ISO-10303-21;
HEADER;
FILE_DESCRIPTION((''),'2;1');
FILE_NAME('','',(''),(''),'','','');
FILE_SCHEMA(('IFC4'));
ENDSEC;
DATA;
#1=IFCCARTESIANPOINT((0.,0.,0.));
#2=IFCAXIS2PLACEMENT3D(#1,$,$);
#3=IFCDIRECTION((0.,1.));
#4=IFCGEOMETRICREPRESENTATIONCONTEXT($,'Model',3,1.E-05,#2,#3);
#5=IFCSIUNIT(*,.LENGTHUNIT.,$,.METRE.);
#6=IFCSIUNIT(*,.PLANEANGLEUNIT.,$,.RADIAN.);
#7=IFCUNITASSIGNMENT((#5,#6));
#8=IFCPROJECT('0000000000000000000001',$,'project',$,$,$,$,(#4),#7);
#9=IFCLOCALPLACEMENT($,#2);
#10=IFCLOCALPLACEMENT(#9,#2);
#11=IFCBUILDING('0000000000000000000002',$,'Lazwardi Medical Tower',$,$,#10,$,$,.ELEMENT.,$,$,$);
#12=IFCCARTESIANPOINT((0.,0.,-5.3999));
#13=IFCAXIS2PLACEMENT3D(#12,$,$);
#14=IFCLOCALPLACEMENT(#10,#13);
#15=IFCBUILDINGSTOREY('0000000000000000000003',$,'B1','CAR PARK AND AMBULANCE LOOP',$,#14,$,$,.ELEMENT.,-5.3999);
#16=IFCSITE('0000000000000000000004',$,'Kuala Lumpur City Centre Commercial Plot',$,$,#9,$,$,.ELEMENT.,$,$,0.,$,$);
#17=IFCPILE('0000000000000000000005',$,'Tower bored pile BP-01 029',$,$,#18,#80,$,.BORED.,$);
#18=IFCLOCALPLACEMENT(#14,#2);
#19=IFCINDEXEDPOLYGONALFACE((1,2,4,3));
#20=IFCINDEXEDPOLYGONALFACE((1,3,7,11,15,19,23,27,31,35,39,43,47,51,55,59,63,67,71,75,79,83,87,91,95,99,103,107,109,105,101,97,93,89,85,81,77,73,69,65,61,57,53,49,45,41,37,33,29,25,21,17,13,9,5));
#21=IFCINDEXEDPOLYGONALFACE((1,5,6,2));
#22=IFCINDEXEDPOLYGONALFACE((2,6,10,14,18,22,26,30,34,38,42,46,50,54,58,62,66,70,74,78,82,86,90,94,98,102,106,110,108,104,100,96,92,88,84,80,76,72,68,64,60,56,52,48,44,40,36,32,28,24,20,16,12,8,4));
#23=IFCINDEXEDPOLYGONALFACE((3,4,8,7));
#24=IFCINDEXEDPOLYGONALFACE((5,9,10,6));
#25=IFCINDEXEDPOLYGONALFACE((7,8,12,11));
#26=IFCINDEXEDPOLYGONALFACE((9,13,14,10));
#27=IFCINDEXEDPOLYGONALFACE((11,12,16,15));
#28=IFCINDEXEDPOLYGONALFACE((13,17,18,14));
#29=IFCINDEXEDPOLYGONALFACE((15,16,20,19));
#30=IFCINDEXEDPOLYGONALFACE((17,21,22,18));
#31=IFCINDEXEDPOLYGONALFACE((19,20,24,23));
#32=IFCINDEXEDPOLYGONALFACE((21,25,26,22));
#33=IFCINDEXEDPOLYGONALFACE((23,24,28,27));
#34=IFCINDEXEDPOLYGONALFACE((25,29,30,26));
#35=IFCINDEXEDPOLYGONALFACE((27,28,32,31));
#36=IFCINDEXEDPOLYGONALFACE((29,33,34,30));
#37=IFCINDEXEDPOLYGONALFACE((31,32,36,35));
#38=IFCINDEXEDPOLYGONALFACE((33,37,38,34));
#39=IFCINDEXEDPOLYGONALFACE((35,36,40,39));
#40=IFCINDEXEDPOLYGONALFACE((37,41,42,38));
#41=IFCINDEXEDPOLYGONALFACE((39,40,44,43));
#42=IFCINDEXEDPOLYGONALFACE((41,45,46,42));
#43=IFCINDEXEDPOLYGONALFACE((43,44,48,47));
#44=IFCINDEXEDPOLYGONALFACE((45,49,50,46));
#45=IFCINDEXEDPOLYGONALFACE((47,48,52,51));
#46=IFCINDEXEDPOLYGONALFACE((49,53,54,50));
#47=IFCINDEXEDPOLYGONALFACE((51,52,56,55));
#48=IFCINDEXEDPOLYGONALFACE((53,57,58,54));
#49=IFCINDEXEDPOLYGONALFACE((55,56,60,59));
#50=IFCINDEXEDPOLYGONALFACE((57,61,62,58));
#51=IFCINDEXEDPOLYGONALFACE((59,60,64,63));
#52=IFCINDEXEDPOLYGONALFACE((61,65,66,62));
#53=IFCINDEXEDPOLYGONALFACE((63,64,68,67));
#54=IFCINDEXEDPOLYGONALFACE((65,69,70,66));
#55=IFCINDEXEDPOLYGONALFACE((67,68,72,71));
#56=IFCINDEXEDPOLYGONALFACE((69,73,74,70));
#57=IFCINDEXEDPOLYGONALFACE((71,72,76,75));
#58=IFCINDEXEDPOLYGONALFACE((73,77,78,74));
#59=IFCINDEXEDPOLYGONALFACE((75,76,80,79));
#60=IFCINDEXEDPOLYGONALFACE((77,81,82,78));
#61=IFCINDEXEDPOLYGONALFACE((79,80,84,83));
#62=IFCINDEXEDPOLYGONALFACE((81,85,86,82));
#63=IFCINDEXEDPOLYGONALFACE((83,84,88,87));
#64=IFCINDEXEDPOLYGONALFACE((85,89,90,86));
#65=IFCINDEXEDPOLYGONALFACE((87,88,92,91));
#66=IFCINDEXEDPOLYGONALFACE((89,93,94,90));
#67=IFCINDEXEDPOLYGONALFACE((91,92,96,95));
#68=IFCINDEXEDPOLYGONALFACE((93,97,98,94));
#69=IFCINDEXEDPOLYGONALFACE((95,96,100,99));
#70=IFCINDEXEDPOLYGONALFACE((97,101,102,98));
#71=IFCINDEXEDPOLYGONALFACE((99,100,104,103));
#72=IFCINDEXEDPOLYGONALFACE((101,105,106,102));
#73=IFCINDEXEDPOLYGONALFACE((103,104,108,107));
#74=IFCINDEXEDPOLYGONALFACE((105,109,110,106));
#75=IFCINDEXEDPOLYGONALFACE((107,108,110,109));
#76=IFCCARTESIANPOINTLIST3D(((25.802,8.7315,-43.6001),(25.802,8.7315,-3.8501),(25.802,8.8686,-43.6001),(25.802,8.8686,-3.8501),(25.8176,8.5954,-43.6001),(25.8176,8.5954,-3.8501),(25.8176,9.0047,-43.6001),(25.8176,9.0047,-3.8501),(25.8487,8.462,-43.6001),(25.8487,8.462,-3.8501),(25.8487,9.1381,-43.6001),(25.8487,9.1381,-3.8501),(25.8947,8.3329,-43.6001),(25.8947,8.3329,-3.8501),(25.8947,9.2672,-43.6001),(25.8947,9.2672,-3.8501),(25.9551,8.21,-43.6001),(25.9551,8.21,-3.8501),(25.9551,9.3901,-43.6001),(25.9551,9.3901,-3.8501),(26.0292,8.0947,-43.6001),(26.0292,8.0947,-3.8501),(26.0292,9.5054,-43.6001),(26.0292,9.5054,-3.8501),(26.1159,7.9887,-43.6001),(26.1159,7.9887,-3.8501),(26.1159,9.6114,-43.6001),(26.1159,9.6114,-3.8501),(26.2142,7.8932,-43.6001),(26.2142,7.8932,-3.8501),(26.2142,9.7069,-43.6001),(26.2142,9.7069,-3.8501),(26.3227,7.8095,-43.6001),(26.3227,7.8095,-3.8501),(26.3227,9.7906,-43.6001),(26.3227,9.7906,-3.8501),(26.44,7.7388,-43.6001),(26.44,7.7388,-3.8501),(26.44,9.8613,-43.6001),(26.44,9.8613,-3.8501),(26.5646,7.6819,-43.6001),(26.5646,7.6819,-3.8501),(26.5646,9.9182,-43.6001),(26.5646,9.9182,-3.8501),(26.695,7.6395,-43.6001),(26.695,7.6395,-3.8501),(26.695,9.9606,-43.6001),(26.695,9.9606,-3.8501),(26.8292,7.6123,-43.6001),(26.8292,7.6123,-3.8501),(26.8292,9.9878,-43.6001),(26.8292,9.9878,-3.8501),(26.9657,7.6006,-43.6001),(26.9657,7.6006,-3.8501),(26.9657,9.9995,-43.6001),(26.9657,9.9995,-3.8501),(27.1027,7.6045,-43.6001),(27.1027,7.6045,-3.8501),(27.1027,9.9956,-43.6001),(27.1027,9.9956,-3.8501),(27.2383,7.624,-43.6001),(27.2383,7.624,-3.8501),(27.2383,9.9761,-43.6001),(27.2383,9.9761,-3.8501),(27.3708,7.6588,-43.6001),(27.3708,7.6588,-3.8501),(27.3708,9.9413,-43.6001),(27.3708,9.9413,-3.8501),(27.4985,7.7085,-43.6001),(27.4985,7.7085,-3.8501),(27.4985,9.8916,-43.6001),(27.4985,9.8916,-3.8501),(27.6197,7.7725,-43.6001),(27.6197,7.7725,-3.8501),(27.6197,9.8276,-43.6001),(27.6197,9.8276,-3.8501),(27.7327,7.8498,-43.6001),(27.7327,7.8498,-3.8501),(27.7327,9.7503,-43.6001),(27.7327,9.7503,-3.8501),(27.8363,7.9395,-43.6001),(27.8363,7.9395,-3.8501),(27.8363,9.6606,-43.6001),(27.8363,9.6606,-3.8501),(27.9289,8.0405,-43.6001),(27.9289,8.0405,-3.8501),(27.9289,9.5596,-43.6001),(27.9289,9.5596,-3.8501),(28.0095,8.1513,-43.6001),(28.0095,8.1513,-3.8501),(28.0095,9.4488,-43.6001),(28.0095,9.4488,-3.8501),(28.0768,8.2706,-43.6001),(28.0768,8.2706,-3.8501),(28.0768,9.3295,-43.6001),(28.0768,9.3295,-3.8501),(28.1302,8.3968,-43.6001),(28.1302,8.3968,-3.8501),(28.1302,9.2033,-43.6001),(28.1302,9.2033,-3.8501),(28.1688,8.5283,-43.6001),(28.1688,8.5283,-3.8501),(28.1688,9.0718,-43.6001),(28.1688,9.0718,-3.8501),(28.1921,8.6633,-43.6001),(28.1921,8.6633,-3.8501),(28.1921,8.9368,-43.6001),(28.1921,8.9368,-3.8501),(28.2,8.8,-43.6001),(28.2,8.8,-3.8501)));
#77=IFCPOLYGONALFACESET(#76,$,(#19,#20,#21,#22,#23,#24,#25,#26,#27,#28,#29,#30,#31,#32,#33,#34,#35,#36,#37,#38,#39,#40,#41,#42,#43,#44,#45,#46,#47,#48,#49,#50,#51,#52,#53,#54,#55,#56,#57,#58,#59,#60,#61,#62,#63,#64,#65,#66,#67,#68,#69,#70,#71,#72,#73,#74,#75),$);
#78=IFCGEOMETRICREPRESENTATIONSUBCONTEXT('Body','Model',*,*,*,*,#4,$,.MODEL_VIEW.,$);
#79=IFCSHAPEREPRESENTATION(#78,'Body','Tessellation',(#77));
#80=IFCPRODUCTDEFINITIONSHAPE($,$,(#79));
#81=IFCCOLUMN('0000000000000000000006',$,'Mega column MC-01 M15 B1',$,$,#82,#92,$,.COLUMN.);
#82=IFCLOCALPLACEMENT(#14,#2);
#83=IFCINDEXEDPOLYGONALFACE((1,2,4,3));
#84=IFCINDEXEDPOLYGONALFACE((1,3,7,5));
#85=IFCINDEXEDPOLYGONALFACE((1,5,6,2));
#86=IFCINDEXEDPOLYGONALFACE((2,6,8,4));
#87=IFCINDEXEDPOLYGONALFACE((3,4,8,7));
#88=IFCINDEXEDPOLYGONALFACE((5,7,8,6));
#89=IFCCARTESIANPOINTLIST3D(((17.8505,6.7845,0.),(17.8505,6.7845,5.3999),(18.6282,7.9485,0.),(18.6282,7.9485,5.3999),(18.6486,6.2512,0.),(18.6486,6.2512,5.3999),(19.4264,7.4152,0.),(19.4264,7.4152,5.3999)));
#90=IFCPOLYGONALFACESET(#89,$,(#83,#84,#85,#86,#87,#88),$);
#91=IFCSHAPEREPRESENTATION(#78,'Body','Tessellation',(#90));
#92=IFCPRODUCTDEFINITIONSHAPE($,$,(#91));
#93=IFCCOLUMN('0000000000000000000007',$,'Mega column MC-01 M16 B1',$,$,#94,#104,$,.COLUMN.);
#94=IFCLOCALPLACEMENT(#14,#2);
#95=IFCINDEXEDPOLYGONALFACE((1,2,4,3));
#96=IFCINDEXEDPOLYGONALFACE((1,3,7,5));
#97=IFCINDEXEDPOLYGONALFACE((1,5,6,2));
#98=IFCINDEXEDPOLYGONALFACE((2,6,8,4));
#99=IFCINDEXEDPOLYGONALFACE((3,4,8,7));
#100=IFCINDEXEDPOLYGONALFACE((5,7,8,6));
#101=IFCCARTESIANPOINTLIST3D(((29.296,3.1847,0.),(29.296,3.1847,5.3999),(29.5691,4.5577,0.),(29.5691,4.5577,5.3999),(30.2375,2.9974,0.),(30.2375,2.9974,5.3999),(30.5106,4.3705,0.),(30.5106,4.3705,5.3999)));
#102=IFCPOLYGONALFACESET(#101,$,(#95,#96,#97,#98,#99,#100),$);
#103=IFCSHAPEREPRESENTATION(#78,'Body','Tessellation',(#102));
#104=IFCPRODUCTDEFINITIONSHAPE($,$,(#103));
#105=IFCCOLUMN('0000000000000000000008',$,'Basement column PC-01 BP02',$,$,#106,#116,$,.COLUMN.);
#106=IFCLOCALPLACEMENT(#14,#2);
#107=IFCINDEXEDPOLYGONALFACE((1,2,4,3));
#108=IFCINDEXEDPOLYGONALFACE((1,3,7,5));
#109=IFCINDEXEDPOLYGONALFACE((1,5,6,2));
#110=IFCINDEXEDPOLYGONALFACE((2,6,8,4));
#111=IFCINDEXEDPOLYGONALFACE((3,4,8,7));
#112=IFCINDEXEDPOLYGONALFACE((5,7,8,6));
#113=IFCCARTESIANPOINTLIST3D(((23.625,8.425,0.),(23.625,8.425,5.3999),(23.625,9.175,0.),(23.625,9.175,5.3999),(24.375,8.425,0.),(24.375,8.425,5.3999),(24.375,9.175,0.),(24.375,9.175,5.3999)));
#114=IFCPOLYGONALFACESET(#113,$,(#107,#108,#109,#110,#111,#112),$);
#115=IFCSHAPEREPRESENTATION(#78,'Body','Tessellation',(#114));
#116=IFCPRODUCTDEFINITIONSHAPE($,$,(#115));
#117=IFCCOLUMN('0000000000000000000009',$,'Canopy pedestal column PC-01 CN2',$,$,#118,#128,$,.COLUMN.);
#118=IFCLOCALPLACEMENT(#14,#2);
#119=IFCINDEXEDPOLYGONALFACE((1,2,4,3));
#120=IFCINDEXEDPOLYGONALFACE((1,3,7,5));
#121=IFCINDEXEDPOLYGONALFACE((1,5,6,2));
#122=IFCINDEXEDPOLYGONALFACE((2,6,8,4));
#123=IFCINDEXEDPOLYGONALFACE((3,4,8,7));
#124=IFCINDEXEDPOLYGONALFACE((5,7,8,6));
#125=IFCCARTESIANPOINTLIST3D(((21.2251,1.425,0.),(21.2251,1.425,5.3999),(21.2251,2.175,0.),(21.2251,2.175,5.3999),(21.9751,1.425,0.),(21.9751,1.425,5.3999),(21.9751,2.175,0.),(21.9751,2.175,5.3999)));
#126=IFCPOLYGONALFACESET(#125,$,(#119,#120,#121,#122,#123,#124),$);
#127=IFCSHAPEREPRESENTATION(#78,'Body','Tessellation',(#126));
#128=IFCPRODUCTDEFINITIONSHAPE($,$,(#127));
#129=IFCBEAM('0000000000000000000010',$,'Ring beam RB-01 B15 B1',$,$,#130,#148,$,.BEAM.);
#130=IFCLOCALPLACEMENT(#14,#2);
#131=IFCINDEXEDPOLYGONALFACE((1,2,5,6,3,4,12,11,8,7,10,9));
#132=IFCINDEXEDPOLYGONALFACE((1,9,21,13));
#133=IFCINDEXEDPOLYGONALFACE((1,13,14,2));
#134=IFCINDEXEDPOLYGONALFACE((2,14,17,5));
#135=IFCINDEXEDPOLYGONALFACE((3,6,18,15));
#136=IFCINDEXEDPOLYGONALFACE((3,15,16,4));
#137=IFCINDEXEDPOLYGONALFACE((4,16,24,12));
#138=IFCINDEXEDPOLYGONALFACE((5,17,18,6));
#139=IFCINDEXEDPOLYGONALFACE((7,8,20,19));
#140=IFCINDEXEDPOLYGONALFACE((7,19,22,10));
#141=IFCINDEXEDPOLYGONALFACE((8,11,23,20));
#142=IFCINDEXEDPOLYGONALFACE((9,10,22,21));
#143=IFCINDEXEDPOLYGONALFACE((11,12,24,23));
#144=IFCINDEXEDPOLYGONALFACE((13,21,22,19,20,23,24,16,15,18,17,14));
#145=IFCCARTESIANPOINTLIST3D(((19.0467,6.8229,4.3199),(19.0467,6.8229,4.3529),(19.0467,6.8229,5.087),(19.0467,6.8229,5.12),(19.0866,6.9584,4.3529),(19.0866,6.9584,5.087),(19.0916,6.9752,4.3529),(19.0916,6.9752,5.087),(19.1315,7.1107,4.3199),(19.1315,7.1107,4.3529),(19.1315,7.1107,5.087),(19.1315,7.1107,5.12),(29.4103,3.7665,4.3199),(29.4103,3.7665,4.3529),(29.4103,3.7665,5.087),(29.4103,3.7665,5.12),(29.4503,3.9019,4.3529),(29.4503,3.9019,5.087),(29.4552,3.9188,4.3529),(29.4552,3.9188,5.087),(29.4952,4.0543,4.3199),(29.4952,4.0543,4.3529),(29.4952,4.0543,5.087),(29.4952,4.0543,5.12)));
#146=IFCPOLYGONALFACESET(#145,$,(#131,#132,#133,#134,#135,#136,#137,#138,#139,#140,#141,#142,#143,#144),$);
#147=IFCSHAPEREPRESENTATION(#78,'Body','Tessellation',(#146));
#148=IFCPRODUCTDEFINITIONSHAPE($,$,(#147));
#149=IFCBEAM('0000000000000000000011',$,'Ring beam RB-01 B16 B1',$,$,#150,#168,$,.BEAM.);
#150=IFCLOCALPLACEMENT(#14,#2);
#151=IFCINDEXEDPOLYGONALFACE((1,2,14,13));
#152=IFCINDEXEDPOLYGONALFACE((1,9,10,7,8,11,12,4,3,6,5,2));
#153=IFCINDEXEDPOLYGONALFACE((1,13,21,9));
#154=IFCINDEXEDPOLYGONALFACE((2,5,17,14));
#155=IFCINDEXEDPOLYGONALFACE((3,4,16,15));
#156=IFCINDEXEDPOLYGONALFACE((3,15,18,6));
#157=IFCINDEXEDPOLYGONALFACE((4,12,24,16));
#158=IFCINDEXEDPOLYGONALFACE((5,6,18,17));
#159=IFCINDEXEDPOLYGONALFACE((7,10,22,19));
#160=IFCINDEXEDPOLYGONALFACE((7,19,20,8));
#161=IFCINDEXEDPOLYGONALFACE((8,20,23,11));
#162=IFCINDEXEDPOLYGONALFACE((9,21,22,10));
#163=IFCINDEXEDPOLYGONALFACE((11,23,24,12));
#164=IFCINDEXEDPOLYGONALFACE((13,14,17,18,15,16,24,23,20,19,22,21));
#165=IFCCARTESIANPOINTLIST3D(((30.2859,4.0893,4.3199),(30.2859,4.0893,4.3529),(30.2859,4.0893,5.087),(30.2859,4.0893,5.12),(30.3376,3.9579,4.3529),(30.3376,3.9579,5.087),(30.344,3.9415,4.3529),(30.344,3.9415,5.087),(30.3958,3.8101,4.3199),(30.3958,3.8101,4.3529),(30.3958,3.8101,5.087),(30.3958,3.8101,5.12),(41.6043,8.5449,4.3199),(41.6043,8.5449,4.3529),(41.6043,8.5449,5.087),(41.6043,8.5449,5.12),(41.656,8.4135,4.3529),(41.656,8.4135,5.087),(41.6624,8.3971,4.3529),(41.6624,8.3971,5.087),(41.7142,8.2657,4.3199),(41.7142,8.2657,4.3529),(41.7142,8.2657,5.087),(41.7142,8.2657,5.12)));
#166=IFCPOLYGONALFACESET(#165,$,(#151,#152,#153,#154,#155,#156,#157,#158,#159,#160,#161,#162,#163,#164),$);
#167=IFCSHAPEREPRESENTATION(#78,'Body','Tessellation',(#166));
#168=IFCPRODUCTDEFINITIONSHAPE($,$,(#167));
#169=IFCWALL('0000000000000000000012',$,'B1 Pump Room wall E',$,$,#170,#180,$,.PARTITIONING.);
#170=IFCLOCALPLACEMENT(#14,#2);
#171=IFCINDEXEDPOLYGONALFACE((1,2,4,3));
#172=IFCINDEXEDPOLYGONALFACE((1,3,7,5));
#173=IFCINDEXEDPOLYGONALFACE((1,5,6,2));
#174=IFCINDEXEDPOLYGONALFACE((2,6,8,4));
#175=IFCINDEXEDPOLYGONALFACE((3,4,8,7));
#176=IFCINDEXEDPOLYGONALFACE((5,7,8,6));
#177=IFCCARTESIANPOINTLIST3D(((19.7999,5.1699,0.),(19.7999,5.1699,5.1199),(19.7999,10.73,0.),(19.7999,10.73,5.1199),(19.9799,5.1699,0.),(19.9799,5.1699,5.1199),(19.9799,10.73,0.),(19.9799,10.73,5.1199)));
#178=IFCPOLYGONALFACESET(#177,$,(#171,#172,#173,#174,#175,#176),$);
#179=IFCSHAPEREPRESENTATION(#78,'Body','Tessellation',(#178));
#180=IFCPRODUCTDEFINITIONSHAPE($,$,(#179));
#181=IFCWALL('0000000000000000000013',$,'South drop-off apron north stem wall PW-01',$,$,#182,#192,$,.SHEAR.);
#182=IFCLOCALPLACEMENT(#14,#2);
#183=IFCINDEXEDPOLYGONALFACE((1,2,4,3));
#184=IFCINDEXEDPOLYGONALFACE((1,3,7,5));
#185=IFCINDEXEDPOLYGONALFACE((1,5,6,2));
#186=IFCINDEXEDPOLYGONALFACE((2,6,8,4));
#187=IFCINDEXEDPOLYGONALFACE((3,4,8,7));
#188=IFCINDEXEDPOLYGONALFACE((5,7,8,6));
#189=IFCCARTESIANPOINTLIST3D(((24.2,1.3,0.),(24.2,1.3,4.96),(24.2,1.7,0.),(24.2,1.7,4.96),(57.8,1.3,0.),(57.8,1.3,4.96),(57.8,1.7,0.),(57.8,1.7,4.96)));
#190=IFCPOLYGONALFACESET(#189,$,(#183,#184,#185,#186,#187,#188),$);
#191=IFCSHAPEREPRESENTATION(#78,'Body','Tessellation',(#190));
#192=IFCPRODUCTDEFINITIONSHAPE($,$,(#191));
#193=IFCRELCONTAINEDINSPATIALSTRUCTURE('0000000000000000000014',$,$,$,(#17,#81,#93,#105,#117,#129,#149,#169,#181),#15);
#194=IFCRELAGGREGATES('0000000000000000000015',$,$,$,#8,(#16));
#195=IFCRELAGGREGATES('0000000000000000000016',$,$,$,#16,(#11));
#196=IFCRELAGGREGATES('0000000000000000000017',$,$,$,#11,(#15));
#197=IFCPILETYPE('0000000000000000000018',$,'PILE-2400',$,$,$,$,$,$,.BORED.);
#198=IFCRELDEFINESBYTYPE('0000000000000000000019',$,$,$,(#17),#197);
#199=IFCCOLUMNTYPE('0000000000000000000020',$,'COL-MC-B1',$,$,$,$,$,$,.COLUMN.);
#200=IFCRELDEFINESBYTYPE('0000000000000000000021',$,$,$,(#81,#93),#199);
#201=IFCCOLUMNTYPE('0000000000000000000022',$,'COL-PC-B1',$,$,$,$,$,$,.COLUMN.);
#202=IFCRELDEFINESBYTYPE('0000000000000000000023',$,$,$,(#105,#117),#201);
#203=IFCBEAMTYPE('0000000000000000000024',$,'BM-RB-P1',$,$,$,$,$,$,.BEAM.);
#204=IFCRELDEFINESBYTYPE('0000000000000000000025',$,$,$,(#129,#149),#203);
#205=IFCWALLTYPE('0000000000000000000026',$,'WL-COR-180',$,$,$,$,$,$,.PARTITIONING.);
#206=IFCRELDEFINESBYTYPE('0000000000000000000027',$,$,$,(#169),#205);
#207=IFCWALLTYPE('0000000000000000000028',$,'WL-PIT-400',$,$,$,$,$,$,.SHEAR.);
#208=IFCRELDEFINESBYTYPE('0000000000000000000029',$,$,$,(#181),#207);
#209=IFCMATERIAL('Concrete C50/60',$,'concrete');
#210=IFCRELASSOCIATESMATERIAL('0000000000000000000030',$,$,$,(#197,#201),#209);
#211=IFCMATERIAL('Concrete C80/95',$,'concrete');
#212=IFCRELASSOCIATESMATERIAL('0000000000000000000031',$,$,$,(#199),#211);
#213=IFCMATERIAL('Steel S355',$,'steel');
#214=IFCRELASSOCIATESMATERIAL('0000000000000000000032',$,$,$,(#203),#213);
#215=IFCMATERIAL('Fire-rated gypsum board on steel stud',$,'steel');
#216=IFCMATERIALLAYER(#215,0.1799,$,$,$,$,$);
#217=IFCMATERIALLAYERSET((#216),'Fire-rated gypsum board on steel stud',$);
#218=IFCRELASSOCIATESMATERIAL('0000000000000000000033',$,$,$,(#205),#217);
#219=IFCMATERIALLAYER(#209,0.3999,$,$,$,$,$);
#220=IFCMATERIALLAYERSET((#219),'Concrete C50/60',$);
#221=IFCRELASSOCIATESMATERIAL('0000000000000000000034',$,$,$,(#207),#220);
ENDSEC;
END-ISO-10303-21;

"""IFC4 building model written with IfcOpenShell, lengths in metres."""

from ifc_helpers import new_model, si_unit, direction, frame, frame_2d, origin, origin_2d, place, context, subcontext, project, spatial, rectangle, circle, i_section, extrude, material, layer, layer_set, material_profile, profile_set, type_object, element, save


model = new_model("IFC4")

# Units and contexts
model_context = context("Model", 3, precision=1e-05, world=origin(), true_north=direction((0.0, 1.0)))
body_context = subcontext(model_context, "Body", "Model", "MODEL_VIEW")
ifc_project = project(units=[si_unit("LENGTHUNIT", "METRE"), si_unit("PLANEANGLEUNIT", "RADIAN")], contexts=[model_context])

# Site, building, storey
site_placement = place(None, origin())
site = spatial("IfcSite", under=ifc_project, at=site_placement, Name="Kuala Lumpur City Centre Commercial Plot", CompositionType="ELEMENT", RefElevation=0.0)
building_placement = place(site_placement, origin())
building = spatial("IfcBuilding", under=site, at=building_placement, Name="Lazwardi Medical Tower", CompositionType="ELEMENT")
storey_placement = place(building_placement, frame((0.0, 0.0, -5.3999)))
storey = spatial("IfcBuildingStorey", under=building, at=storey_placement, Name="B1", Description="CAR PARK AND AMBULANCE LOOP", CompositionType="ELEMENT", Elevation=-5.3999)

# Pile
ifc_material_1 = material(Name="Concrete C50/60", Category="concrete")
ifc_material_profile_1 = material_profile(ifc_material_1, circle(Radius=1.2, at=origin_2d()), Name="BORED PILE D2400")
ifc_profile_set_1 = profile_set([ifc_material_profile_1], Name="Concrete C50/60")
pile_type = type_object("IfcPileType", Name="PILE-2400", PredefinedType="BORED", material=ifc_profile_set_1)
for number, where, z_axis, x_axis, name in (
    (1, (27.0, 8.8, -3.8501), (0.0, 0.0, -1.0), (1.0, 0.0, 0.0), "Tower bored pile BP-01 029"),
):
    element("IfcPile", number, at=place(storey_placement, frame(where, z_axis=z_axis, x_axis=x_axis)), inside=storey, type_object=pile_type, Name=name, PredefinedType="BORED", context=body_context, shape_type="SweptSolid", body=[
        extrude(circle(Radius=1.2, at=origin_2d()), origin(), (0.0, 0.0, 1.0), 39.75),
    ])

# Columns
ifc_material_2 = material(Name="Concrete C80/95", Category="concrete")
ifc_material_profile_2 = material_profile(ifc_material_2, rectangle(XDim=1.3999, YDim=0.96, at=origin_2d()), Name="CFT-RECT 1400x960")
ifc_profile_set_2 = profile_set([ifc_material_profile_2], Name="Concrete C80/95")
column_type_1 = type_object("IfcColumnType", Name="COL-MC-B1", PredefinedType="COLUMN", material=ifc_profile_set_2)
for number, where, z_axis, x_axis, name in (
    (2, (18.6384, 7.0999, 0.0), (0.0, 0.0, 1.0), (-0.55557, -0.83147, 0.0), "Mega column MC-01 M15 B1"),
    (3, (29.9033, 3.7776, 0.0), (0.0, 0.0, 1.0), (-0.19509, -0.980785, 0.0), "Mega column MC-01 M16 B1"),
):
    element("IfcColumn", number, at=place(storey_placement, frame(where, z_axis=z_axis, x_axis=x_axis)), inside=storey, type_object=column_type_1, Name=name, PredefinedType="COLUMN", context=body_context, shape_type="SweptSolid", body=[
        extrude(rectangle(XDim=1.3999, YDim=0.96, at=origin_2d()), origin(), (0.0, 0.0, 1.0), 5.3999),
    ])
ifc_material_profile_3 = material_profile(ifc_material_1, rectangle(XDim=0.75, YDim=0.75, at=origin_2d()), Name="RC 750x750")
ifc_profile_set_3 = profile_set([ifc_material_profile_3], Name="Concrete C50/60")
column_type_2 = type_object("IfcColumnType", Name="COL-PC-B1", PredefinedType="COLUMN", material=ifc_profile_set_3)
for number, where, z_axis, x_axis, name in (
    (4, (24.0, 8.8, 0.0), (0.0, 0.0, 1.0), (1.0, 0.0, 0.0), "Basement column PC-01 BP02"),
    (5, (21.6001, 1.8, 0.0), (0.0, 0.0, 1.0), (1.0, 0.0, 0.0), "Canopy pedestal column PC-01 CN2"),
):
    element("IfcColumn", number, at=place(storey_placement, frame(where, z_axis=z_axis, x_axis=x_axis)), inside=storey, type_object=column_type_2, Name=name, PredefinedType="COLUMN", context=body_context, shape_type="SweptSolid", body=[
        extrude(rectangle(XDim=0.75, YDim=0.75, at=origin_2d()), origin(), (0.0, 0.0, 1.0), 5.3999),
    ])

# Beams
ifc_material_3 = material(Name="Steel S355", Category="steel")
ifc_material_profile_4 = material_profile(ifc_material_3, i_section(OverallWidth=0.3, OverallDepth=0.8, WebThickness=0.0176, FlangeThickness=0.033, at=origin_2d()), Name="HEB 800")
ifc_profile_set_4 = profile_set([ifc_material_profile_4], Name="Steel S355")
beam_type = type_object("IfcBeamType", Name="BM-RB-P1", PredefinedType="BEAM", material=ifc_profile_set_4)
beam_1_placement = place(storey_placement, frame((19.0891, 6.9668, 4.72), z_axis=(0.959157, -0.282873, 0.0), x_axis=(0.282873, 0.959157, 0.0)))
element("IfcBeam", 6, at=beam_1_placement, inside=storey, type_object=beam_type, Name="Ring beam RB-01 B15 B1", PredefinedType="BEAM", context=body_context, shape_type="SweptSolid", body=[
    extrude(i_section(OverallWidth=0.3, OverallDepth=0.8, WebThickness=0.0176, FlangeThickness=0.033, at=origin_2d()), origin(), (0.0, 0.0, 1.0), 10.8049),
])
beam_2_placement = place(storey_placement, frame((30.3408, 3.9497, 4.72), z_axis=(0.930498, 0.366298, 0.0), x_axis=(-0.366298, 0.930498, 0.0)))
element("IfcBeam", 7, at=beam_2_placement, inside=storey, type_object=beam_type, Name="Ring beam RB-01 B16 B1", PredefinedType="BEAM", context=body_context, shape_type="SweptSolid", body=[
    extrude(i_section(OverallWidth=0.3, OverallDepth=0.8, WebThickness=0.0176, FlangeThickness=0.033, at=origin_2d()), origin(), (0.0, 0.0, 1.0), 12.1638),
])

# Walls
ifc_material_4 = material(Name="Fire-rated gypsum board on steel stud", Category="steel")
ifc_layer_1 = layer(ifc_material_4, 0.1799)
ifc_layer_set_1 = layer_set([ifc_layer_1], Name="Fire-rated gypsum board on steel stud")
wall_type_1 = type_object("IfcWallType", Name="WL-COR-180", PredefinedType="PARTITIONING", material=ifc_layer_set_1)
wall_1_placement = place(storey_placement, frame((19.8899, 5.1699, 0.0), z_axis=(0.0, 0.0, 1.0), x_axis=(0.0, 1.0, 0.0)))
element("IfcWall", 8, at=wall_1_placement, inside=storey, type_object=wall_type_1, Name="B1 Pump Room wall E", PredefinedType="PARTITIONING", context=body_context, shape_type="SweptSolid", body=[
    extrude(rectangle(XDim=5.5601, YDim=0.1799, at=frame_2d((2.78, 0.0))), origin(), (0.0, 0.0, 1.0), 5.1199),
])
ifc_layer_2 = layer(ifc_material_1, 0.3999)
ifc_layer_set_2 = layer_set([ifc_layer_2], Name="Concrete C50/60")
wall_type_2 = type_object("IfcWallType", Name="WL-PIT-400", PredefinedType="SHEAR", material=ifc_layer_set_2)
for number, where, z_axis, x_axis, name in (
    (9, (24.2, 1.5, 0.0), (0.0, 0.0, 1.0), (1.0, 0.0, 0.0), "South drop-off apron north stem wall PW-01"),
):
    element("IfcWall", number, at=place(storey_placement, frame(where, z_axis=z_axis, x_axis=x_axis)), inside=storey, type_object=wall_type_2, Name=name, PredefinedType="SHEAR", context=body_context, shape_type="SweptSolid", body=[
        extrude(rectangle(XDim=33.6001, YDim=0.3999, at=frame_2d((16.8, 0.0))), origin(), (0.0, 0.0, 1.0), 4.96),
    ])

save(model, "model.ifc")
